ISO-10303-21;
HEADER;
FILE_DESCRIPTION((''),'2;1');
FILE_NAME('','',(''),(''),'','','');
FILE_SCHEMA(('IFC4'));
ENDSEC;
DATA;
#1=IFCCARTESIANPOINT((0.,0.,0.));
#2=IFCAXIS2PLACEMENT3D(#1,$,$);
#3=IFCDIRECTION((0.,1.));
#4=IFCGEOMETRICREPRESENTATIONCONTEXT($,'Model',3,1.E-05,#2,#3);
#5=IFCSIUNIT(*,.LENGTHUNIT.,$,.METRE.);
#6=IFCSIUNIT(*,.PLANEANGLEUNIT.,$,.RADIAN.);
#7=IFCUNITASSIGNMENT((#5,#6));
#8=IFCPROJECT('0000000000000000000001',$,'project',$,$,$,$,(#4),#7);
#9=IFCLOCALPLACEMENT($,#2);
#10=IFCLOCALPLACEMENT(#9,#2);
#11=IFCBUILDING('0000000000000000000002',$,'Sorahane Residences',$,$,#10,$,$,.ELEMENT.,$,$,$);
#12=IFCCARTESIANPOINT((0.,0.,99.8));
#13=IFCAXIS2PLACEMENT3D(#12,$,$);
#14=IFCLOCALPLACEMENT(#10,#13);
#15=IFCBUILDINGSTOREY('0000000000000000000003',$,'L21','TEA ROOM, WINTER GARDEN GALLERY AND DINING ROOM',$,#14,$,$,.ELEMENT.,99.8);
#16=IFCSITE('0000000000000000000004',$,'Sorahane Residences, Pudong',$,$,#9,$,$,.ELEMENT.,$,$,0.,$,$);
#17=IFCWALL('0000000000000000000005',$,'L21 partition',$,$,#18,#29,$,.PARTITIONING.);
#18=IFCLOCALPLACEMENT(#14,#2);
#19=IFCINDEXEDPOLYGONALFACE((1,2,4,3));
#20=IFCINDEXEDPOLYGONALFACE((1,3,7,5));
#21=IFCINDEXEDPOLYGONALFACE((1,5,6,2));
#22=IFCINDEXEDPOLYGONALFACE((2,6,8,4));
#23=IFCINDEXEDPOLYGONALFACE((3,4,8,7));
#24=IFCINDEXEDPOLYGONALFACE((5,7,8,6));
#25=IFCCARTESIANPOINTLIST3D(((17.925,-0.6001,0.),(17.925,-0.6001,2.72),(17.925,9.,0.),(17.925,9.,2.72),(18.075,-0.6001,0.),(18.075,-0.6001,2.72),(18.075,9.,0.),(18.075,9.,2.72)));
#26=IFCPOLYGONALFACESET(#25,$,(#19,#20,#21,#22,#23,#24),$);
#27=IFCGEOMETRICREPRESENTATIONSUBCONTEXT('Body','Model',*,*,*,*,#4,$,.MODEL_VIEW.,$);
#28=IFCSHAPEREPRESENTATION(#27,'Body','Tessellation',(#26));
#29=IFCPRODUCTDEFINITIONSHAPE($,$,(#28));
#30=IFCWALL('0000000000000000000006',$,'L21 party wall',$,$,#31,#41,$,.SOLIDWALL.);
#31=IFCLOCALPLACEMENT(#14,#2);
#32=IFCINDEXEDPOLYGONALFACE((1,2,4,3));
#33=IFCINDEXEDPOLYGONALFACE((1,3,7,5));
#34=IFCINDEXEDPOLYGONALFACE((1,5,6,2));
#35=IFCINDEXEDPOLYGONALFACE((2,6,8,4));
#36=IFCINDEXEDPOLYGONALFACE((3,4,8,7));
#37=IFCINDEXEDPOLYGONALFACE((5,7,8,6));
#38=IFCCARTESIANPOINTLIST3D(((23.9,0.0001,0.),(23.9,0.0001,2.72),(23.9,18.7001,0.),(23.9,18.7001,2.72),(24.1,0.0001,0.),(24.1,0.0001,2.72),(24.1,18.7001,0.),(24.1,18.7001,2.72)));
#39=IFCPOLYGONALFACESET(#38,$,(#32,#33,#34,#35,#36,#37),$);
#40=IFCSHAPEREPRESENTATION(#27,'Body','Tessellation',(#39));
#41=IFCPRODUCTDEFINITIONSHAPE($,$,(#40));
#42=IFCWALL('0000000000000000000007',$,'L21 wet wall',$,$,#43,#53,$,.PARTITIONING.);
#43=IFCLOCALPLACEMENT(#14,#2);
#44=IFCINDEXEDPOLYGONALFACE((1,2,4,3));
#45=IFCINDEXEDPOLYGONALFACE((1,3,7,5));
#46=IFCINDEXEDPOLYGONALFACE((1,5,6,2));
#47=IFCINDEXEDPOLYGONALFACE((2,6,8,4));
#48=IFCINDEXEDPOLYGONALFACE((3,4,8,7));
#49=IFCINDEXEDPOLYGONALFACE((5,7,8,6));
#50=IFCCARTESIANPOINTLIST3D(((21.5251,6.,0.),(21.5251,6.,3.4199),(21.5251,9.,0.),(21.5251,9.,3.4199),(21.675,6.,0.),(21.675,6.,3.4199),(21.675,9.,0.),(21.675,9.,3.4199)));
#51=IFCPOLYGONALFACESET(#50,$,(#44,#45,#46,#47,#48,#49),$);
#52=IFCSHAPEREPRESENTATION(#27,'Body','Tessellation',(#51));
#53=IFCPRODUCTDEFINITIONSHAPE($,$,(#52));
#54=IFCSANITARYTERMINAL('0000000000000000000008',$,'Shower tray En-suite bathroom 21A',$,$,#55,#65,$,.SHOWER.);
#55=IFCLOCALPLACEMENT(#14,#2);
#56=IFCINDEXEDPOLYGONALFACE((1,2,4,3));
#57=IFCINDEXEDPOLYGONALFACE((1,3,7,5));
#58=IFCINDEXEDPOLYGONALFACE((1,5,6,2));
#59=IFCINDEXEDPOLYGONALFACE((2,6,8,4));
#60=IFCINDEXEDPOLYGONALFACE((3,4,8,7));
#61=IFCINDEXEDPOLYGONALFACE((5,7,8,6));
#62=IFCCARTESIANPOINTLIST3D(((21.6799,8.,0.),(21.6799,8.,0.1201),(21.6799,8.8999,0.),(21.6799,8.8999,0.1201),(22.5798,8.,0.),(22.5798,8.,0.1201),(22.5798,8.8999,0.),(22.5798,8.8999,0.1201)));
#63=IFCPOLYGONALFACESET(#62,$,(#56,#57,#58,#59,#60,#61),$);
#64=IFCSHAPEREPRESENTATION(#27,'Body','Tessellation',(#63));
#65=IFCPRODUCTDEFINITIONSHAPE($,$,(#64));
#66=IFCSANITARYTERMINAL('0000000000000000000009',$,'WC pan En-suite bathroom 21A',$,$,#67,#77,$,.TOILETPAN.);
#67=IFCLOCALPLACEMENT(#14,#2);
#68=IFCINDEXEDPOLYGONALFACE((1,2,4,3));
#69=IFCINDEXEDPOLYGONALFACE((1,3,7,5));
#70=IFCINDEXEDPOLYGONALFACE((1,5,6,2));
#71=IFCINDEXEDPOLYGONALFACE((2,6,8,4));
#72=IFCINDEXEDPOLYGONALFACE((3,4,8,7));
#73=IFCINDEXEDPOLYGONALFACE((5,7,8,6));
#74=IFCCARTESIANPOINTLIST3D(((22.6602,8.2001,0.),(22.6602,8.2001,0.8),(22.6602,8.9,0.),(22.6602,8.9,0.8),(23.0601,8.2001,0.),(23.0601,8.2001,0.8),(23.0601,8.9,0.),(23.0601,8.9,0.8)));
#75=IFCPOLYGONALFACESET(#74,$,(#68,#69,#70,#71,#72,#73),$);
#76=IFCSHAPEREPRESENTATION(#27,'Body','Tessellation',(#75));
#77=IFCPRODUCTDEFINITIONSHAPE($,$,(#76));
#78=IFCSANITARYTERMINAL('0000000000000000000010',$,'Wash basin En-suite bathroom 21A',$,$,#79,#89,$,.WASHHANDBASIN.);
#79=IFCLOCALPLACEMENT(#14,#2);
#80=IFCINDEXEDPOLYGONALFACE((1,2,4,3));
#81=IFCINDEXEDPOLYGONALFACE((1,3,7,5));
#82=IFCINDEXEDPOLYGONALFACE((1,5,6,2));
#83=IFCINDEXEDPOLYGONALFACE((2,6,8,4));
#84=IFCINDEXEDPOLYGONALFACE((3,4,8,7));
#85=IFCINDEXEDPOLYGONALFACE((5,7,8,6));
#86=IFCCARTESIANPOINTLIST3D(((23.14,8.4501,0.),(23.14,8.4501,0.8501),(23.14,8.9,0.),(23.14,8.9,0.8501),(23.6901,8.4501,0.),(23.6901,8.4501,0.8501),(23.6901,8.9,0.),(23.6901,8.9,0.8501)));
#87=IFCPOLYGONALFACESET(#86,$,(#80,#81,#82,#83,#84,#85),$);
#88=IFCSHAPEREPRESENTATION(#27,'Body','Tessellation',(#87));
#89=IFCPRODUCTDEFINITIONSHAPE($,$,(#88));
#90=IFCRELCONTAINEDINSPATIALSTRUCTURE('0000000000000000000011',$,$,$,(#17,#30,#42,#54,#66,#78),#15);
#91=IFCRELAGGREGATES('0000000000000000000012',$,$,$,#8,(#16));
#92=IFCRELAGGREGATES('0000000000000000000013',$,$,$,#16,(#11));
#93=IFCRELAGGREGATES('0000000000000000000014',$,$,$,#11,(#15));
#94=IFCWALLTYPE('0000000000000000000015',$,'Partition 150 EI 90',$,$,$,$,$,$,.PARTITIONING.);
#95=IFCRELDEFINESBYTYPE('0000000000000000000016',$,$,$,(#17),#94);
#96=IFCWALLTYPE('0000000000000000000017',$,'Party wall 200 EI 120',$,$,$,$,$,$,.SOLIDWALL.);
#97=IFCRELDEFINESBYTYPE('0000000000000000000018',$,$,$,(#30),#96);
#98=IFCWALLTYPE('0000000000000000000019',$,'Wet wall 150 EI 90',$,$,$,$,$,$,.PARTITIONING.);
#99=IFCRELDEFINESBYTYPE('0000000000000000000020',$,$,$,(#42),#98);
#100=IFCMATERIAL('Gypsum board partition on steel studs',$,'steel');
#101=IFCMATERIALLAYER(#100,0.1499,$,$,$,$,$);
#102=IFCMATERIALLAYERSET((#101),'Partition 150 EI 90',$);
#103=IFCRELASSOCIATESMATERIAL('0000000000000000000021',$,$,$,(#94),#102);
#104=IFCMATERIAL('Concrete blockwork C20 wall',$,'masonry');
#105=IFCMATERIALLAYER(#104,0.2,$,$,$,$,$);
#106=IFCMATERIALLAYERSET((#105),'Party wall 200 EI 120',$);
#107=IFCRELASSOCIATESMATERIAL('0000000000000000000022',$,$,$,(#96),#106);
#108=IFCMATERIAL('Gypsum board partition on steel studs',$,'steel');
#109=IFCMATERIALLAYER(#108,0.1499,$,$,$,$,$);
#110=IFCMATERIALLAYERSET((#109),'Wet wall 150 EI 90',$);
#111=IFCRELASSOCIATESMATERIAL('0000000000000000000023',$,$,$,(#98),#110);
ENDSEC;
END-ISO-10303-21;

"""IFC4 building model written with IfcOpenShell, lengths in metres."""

from ifc_helpers import new_model, si_unit, direction, frame, frame_2d, origin, origin_2d, place, context, subcontext, project, spatial, rectangle, extrude, material, layer, layer_set, type_object, element, save


model = new_model("IFC4")

# Units and contexts
model_context = context("Model", 3, precision=1e-05, world=origin(), true_north=direction((0.0, 1.0)))
body_context = subcontext(model_context, "Body", "Model", "MODEL_VIEW")
ifc_project = project(units=[si_unit("LENGTHUNIT", "METRE"), si_unit("PLANEANGLEUNIT", "RADIAN")], contexts=[model_context])

# Site, building, storey
site_placement = place(None, origin())
site = spatial("IfcSite", under=ifc_project, at=site_placement, Name="Sorahane Residences, Pudong", CompositionType="ELEMENT", RefElevation=0.0)
building_placement = place(site_placement, origin())
building = spatial("IfcBuilding", under=site, at=building_placement, Name="Sorahane Residences", CompositionType="ELEMENT")
storey_placement = place(building_placement, frame((0.0, 0.0, 99.8)))
storey = spatial("IfcBuildingStorey", under=building, at=storey_placement, Name="L21", Description="TEA ROOM, WINTER GARDEN GALLERY AND DINING ROOM", CompositionType="ELEMENT", Elevation=99.8)

# Wall
ifc_material_1 = material(Name="Gypsum board partition on steel studs", Category="steel")
ifc_layer_1 = layer(ifc_material_1, 0.1499)
ifc_layer_set_1 = layer_set([ifc_layer_1], Name="Partition 150 EI 90")
wall_type_1 = type_object("IfcWallType", Name="Partition 150 EI 90", PredefinedType="PARTITIONING", material=ifc_layer_set_1)
wall_1_placement = place(storey_placement, frame((18.0, -0.6001, 0.0), z_axis=(0.0, 0.0, 1.0), x_axis=(0.0, 1.0, 0.0)))
element("IfcWall", 1, at=wall_1_placement, inside=storey, type_object=wall_type_1, Name="L21 partition", PredefinedType="PARTITIONING", context=body_context, shape_type="SweptSolid", body=[
    extrude(rectangle(XDim=9.6001, YDim=0.1499, at=frame_2d((4.8, 0.0))), origin(), (0.0, 0.0, 1.0), 2.72),
])

# Walls
ifc_material_2 = material(Name="Concrete blockwork C20 wall", Category="masonry")
ifc_layer_2 = layer(ifc_material_2, 0.2)
ifc_layer_set_2 = layer_set([ifc_layer_2], Name="Party wall 200 EI 120")
wall_type_2 = type_object("IfcWallType", Name="Party wall 200 EI 120", PredefinedType="SOLIDWALL", material=ifc_layer_set_2)
wall_2_placement = place(storey_placement, frame((24.0, 0.0, 0.0), z_axis=(0.0, 0.0, 1.0), x_axis=(0.0, 1.0, 0.0)))
element("IfcWall", 2, at=wall_2_placement, inside=storey, type_object=wall_type_2, Name="L21 party wall", PredefinedType="SOLIDWALL", context=body_context, shape_type="SweptSolid", body=[
    extrude(rectangle(XDim=18.7, YDim=0.2, at=frame_2d((9.3501, 0.0))), origin(), (0.0, 0.0, 1.0), 2.72),
])
ifc_material_3 = material(Name="Gypsum board partition on steel studs", Category="steel")
ifc_layer_3 = layer(ifc_material_3, 0.1499)
ifc_layer_set_3 = layer_set([ifc_layer_3], Name="Wet wall 150 EI 90")
wall_type_3 = type_object("IfcWallType", Name="Wet wall 150 EI 90", PredefinedType="PARTITIONING", material=ifc_layer_set_3)
wall_3_placement = place(storey_placement, frame((21.6001, 6.0, 0.0), z_axis=(0.0, 0.0, 1.0), x_axis=(0.0, 1.0, 0.0)))
element("IfcWall", 3, at=wall_3_placement, inside=storey, type_object=wall_type_3, Name="L21 wet wall", PredefinedType="PARTITIONING", context=body_context, shape_type="SweptSolid", body=[
    extrude(rectangle(XDim=3.0, YDim=0.1499, at=frame_2d((1.5, 0.0))), origin(), (0.0, 0.0, 1.0), 3.4199),
])

# Sanitary terminals
sanitary_terminal_1_placement = place(storey_placement, frame((22.1299, 8.45, 0.0), z_axis=(0.0, 0.0, 1.0), x_axis=(1.0, 0.0, 0.0)))
element("IfcSanitaryTerminal", 4, at=sanitary_terminal_1_placement, inside=storey, Name="Shower tray En-suite bathroom 21A", PredefinedType="SHOWER", context=body_context, shape_type="SweptSolid", body=[
    extrude(rectangle(XDim=0.8999, YDim=0.8999, at=origin_2d()), origin(), (0.0, 0.0, 1.0), 0.1201),
])
sanitary_terminal_2_placement = place(storey_placement, frame((22.8601, 8.55, 0.0), z_axis=(0.0, 0.0, 1.0), x_axis=(1.0, 0.0, 0.0)))
element("IfcSanitaryTerminal", 5, at=sanitary_terminal_2_placement, inside=storey, Name="WC pan En-suite bathroom 21A", PredefinedType="TOILETPAN", context=body_context, shape_type="SweptSolid", body=[
    extrude(rectangle(XDim=0.3999, YDim=0.7, at=origin_2d()), origin(), (0.0, 0.0, 1.0), 0.8),
])
sanitary_terminal_3_placement = place(storey_placement, frame((23.415, 8.675, 0.0), z_axis=(0.0, 0.0, 1.0), x_axis=(1.0, 0.0, 0.0)))
element("IfcSanitaryTerminal", 6, at=sanitary_terminal_3_placement, inside=storey, Name="Wash basin En-suite bathroom 21A", PredefinedType="WASHHANDBASIN", context=body_context, shape_type="SweptSolid", body=[
    extrude(rectangle(XDim=0.55, YDim=0.45, at=origin_2d()), origin(), (0.0, 0.0, 1.0), 0.8501),
])

save(model, "model.ifc")
